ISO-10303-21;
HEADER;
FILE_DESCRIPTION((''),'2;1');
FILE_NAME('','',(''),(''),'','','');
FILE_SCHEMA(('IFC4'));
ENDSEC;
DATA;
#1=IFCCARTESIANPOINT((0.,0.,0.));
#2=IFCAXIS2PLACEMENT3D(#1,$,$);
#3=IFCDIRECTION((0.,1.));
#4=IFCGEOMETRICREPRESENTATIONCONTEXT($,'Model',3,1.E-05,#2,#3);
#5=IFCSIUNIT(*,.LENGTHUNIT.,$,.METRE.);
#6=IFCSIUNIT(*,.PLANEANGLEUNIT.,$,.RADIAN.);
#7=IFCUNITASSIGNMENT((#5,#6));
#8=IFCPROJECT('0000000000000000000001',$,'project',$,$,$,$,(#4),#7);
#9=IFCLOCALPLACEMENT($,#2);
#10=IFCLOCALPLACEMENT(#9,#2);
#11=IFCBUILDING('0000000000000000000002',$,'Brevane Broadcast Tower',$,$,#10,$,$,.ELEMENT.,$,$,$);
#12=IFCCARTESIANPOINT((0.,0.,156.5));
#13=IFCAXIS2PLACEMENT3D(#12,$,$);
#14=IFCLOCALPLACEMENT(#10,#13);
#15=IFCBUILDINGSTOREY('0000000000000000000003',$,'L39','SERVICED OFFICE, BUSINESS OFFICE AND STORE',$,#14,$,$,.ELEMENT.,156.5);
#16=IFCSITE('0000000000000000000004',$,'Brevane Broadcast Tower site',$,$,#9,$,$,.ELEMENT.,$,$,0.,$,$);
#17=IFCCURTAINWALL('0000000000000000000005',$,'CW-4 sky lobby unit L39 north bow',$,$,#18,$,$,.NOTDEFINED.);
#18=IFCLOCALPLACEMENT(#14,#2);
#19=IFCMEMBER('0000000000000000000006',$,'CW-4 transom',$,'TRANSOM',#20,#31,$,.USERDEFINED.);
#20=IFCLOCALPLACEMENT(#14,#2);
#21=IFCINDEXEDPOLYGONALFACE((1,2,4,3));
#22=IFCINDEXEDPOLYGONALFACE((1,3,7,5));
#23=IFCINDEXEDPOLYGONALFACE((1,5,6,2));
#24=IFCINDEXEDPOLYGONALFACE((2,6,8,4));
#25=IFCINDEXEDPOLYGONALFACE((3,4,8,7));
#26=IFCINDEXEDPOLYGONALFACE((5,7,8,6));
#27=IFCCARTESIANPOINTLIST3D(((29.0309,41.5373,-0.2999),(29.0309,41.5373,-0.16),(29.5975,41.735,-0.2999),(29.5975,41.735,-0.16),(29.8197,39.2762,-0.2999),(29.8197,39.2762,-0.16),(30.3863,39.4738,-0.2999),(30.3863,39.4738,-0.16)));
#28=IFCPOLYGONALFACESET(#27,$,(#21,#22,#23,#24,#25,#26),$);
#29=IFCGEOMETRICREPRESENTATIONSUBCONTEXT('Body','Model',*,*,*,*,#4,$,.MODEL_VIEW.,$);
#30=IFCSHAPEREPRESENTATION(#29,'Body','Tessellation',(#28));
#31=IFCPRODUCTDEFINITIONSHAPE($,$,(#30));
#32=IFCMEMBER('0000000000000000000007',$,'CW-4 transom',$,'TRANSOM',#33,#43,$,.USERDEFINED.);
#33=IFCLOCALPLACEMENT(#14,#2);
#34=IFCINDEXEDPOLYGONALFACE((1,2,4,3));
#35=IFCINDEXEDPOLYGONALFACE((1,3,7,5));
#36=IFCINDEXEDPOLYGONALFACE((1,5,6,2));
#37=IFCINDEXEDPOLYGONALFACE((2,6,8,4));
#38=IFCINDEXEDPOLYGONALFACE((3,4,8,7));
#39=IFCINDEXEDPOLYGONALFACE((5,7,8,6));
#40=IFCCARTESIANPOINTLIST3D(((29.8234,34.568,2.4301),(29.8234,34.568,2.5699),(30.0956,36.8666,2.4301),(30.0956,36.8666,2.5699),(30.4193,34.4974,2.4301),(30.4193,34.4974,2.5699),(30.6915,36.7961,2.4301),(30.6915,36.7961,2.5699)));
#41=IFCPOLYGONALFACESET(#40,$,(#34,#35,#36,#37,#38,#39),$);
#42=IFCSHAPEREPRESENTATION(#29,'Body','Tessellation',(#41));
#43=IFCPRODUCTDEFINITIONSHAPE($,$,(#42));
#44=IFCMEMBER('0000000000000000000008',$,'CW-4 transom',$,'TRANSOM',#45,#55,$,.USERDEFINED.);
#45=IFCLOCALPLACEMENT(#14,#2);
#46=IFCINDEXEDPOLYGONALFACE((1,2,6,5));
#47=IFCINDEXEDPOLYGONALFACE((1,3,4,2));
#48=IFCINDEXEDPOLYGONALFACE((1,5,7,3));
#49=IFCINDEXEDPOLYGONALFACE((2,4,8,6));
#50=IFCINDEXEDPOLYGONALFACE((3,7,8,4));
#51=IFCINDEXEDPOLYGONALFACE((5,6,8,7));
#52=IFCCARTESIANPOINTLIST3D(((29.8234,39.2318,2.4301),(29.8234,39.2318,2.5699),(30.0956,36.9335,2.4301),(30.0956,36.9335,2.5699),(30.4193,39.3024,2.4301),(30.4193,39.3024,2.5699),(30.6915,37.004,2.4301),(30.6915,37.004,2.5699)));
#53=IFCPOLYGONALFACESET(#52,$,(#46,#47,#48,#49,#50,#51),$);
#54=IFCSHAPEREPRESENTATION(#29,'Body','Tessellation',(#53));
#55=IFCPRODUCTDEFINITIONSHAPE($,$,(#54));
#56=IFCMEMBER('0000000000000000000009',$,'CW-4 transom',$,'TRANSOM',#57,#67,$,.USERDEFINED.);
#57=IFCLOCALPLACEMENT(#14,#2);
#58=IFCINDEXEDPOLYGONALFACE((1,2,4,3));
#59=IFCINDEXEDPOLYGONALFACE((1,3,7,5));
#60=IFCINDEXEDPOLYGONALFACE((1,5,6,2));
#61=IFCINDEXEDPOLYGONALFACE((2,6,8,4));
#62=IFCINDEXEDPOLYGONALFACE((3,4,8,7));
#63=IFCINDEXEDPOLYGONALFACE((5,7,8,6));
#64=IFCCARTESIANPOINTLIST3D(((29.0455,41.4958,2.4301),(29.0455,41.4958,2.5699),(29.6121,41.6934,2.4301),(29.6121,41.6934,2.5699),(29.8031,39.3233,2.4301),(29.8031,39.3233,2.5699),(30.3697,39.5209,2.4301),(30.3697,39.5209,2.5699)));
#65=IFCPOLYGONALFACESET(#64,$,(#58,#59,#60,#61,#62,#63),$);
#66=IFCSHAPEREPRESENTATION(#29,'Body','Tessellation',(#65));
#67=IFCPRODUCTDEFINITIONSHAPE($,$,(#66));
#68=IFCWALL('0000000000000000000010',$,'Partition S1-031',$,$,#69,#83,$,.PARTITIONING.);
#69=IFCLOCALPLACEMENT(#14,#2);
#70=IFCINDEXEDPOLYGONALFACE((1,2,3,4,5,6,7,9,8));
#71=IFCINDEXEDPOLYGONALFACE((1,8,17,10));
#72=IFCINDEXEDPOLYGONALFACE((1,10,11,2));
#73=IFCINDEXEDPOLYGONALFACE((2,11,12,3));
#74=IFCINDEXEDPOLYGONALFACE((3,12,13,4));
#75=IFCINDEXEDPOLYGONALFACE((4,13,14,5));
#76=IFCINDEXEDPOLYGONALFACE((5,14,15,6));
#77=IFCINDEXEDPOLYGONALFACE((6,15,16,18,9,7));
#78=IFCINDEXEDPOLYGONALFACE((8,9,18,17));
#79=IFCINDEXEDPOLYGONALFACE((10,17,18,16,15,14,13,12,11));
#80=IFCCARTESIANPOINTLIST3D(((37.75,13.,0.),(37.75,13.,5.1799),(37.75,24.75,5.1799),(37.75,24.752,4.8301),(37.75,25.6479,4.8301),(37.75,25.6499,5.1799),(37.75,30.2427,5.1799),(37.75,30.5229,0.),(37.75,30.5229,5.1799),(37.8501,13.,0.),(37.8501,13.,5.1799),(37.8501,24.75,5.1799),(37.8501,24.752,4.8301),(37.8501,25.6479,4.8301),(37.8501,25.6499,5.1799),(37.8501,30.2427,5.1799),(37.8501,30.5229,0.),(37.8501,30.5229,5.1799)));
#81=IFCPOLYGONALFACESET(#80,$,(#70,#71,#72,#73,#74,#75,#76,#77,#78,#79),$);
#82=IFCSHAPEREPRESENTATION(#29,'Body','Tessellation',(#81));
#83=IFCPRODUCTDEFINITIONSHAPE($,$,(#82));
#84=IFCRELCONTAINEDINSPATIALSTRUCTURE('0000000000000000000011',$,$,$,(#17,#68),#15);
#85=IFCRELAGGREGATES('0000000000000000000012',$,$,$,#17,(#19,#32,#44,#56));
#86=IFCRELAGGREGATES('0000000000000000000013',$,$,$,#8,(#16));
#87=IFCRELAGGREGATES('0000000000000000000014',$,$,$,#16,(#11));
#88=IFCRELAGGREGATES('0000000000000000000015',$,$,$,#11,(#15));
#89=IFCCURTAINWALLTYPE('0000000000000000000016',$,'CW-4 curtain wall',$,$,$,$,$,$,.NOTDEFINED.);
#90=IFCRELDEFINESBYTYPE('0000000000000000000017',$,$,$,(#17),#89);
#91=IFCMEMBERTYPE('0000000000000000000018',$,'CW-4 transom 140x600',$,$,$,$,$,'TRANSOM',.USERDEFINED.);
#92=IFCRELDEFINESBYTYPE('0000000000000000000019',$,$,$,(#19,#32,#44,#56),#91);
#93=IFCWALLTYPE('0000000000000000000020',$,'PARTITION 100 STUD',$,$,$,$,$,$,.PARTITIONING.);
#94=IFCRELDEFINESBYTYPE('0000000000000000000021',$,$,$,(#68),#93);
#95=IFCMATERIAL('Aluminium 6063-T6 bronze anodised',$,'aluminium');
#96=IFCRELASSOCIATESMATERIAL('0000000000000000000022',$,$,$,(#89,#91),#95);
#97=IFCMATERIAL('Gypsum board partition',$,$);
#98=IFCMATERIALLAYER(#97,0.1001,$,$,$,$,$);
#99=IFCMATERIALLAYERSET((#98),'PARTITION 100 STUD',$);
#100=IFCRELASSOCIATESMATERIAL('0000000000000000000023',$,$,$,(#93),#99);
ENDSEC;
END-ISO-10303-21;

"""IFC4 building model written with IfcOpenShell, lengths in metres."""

from ifc_helpers import new_model, si_unit, direction, frame, origin, origin_2d, place, context, subcontext, project, spatial, polyline, rectangle, outline, extrude, material, layer, layer_set, material_profile, profile_set, type_object, element, aggregate, save


model = new_model("IFC4")

# Units and contexts
model_context = context("Model", 3, precision=1e-05, world=origin(), true_north=direction((0.0, 1.0)))
body_context = subcontext(model_context, "Body", "Model", "MODEL_VIEW")
ifc_project = project(units=[si_unit("LENGTHUNIT", "METRE"), si_unit("PLANEANGLEUNIT", "RADIAN")], contexts=[model_context])

# Site, building, storey
site_placement = place(None, origin())
site = spatial("IfcSite", under=ifc_project, at=site_placement, Name="Brevane Broadcast Tower site", CompositionType="ELEMENT", RefElevation=0.0)
building_placement = place(site_placement, origin())
building = spatial("IfcBuilding", under=site, at=building_placement, Name="Brevane Broadcast Tower", CompositionType="ELEMENT")
storey_placement = place(building_placement, frame((0.0, 0.0, 156.5)))
storey = spatial("IfcBuildingStorey", under=building, at=storey_placement, Name="L39", Description="SERVICED OFFICE, BUSINESS OFFICE AND STORE", CompositionType="ELEMENT", Elevation=156.5)

# Curtain wall
ifc_material_1 = material(Name="Aluminium 6063-T6 bronze anodised", Category="aluminium")
curtain_wall_type = type_object("IfcCurtainWallType", Name="CW-4 curtain wall", PredefinedType="NOTDEFINED", material=ifc_material_1)
curtain_wall_1_placement = place(storey_placement, origin())
curtain_wall_1 = element("IfcCurtainWall", 1, at=curtain_wall_1_placement, inside=storey, type_object=curtain_wall_type, Name="CW-4 sky lobby unit L39 north bow", PredefinedType="NOTDEFINED")

# Members
ifc_material_profile_1 = material_profile(ifc_material_1, rectangle(XDim=0.6001, YDim=0.1399, at=origin_2d()), Name="RECT 140x600")
ifc_profile_set_1 = profile_set([ifc_material_profile_1], Name="Aluminium 6063-T6 bronze anodised")
member_type_1 = type_object("IfcMemberType", Name="CW-4 transom 140x600", ElementType="TRANSOM", PredefinedType="USERDEFINED", material=ifc_profile_set_1)
member_1_placement = place(storey_placement, frame((30.103, 39.375, -0.23), z_axis=(-0.329378, 0.944198, 0.0), x_axis=(-0.944198, -0.329378, 0.0)))
member_1 = element("IfcMember", 2, at=member_1_placement, type_object=member_type_1, Name="CW-4 transom", ObjectType="TRANSOM", PredefinedType="USERDEFINED", context=body_context, shape_type="SweptSolid", body=[
    extrude(rectangle(XDim=0.6001, YDim=0.1399, at=origin_2d()), origin(), (0.0, 0.0, 1.0), 2.3948),
])
member_2_placement = place(storey_placement, frame((30.1213, 34.5327, 2.5), z_axis=(0.117606, 0.99306, 0.0), x_axis=(-0.99306, 0.117606, 0.0)))
member_2 = element("IfcMember", 3, at=member_2_placement, type_object=member_type_1, Name="CW-4 transom", ObjectType="TRANSOM", PredefinedType="USERDEFINED", context=body_context, shape_type="SweptSolid", body=[
    extrude(rectangle(XDim=0.6001, YDim=0.1399, at=origin_2d()), origin(), (0.0, 0.0, 1.0), 2.3147),
])
member_3_placement = place(storey_placement, frame((30.3936, 36.9688, 2.5), z_axis=(-0.117619, 0.993059, 0.0), x_axis=(-0.993059, -0.117619, 0.0)))
member_3 = element("IfcMember", 4, at=member_3_placement, type_object=member_type_1, Name="CW-4 transom", ObjectType="TRANSOM", PredefinedType="USERDEFINED", context=body_context, shape_type="SweptSolid", body=[
    extrude(rectangle(XDim=0.6001, YDim=0.1399, at=origin_2d()), origin(), (0.0, 0.0, 1.0), 2.3145),
])
member_4_placement = place(storey_placement, frame((30.0864, 39.4221, 2.5), z_axis=(-0.329282, 0.944232, 0.0), x_axis=(-0.944232, -0.329282, 0.0)))
member_4 = element("IfcMember", 5, at=member_4_placement, type_object=member_type_1, Name="CW-4 transom", ObjectType="TRANSOM", PredefinedType="USERDEFINED", context=body_context, shape_type="SweptSolid", body=[
    extrude(rectangle(XDim=0.6001, YDim=0.1399, at=origin_2d()), origin(), (0.0, 0.0, 1.0), 2.3008),
])
aggregate(curtain_wall_1, [member_1, member_2, member_3, member_4])

# Wall
ifc_material_2 = material(Name="Gypsum board partition")
ifc_layer = layer(ifc_material_2, 0.1001)
ifc_layer_set = layer_set([ifc_layer], Name="PARTITION 100 STUD")
wall_type = type_object("IfcWallType", Name="PARTITION 100 STUD", PredefinedType="PARTITIONING", material=ifc_layer_set)
wall_placement = place(storey_placement, frame((37.8, 30.5229, 0.0), z_axis=(0.0, 0.0, 1.0), x_axis=(0.0, -1.0, 0.0)))
element("IfcWall", 6, at=wall_placement, inside=storey, type_object=wall_type, Name="Partition S1-031", PredefinedType="PARTITIONING", context=body_context, shape_type="SweptSolid", body=[
    extrude(outline(polyline([(0.0, 0.0), (17.5229, 0.0), (17.5229, 5.1799), (5.7729, 5.1799), (5.771, 4.8301), (4.875, 4.8301), (4.873, 5.1799), (0.2803, 5.1799), (0.0, 5.1799), (0.0, 0.0)])), frame((0.0, 0.05, 0.0), z_axis=(0.0, -1.0, 0.0), x_axis=(1.0, 0.0, 0.0)), (0.0, 0.0, 1.0), 0.1001),
])

save(model, "model.ifc")
